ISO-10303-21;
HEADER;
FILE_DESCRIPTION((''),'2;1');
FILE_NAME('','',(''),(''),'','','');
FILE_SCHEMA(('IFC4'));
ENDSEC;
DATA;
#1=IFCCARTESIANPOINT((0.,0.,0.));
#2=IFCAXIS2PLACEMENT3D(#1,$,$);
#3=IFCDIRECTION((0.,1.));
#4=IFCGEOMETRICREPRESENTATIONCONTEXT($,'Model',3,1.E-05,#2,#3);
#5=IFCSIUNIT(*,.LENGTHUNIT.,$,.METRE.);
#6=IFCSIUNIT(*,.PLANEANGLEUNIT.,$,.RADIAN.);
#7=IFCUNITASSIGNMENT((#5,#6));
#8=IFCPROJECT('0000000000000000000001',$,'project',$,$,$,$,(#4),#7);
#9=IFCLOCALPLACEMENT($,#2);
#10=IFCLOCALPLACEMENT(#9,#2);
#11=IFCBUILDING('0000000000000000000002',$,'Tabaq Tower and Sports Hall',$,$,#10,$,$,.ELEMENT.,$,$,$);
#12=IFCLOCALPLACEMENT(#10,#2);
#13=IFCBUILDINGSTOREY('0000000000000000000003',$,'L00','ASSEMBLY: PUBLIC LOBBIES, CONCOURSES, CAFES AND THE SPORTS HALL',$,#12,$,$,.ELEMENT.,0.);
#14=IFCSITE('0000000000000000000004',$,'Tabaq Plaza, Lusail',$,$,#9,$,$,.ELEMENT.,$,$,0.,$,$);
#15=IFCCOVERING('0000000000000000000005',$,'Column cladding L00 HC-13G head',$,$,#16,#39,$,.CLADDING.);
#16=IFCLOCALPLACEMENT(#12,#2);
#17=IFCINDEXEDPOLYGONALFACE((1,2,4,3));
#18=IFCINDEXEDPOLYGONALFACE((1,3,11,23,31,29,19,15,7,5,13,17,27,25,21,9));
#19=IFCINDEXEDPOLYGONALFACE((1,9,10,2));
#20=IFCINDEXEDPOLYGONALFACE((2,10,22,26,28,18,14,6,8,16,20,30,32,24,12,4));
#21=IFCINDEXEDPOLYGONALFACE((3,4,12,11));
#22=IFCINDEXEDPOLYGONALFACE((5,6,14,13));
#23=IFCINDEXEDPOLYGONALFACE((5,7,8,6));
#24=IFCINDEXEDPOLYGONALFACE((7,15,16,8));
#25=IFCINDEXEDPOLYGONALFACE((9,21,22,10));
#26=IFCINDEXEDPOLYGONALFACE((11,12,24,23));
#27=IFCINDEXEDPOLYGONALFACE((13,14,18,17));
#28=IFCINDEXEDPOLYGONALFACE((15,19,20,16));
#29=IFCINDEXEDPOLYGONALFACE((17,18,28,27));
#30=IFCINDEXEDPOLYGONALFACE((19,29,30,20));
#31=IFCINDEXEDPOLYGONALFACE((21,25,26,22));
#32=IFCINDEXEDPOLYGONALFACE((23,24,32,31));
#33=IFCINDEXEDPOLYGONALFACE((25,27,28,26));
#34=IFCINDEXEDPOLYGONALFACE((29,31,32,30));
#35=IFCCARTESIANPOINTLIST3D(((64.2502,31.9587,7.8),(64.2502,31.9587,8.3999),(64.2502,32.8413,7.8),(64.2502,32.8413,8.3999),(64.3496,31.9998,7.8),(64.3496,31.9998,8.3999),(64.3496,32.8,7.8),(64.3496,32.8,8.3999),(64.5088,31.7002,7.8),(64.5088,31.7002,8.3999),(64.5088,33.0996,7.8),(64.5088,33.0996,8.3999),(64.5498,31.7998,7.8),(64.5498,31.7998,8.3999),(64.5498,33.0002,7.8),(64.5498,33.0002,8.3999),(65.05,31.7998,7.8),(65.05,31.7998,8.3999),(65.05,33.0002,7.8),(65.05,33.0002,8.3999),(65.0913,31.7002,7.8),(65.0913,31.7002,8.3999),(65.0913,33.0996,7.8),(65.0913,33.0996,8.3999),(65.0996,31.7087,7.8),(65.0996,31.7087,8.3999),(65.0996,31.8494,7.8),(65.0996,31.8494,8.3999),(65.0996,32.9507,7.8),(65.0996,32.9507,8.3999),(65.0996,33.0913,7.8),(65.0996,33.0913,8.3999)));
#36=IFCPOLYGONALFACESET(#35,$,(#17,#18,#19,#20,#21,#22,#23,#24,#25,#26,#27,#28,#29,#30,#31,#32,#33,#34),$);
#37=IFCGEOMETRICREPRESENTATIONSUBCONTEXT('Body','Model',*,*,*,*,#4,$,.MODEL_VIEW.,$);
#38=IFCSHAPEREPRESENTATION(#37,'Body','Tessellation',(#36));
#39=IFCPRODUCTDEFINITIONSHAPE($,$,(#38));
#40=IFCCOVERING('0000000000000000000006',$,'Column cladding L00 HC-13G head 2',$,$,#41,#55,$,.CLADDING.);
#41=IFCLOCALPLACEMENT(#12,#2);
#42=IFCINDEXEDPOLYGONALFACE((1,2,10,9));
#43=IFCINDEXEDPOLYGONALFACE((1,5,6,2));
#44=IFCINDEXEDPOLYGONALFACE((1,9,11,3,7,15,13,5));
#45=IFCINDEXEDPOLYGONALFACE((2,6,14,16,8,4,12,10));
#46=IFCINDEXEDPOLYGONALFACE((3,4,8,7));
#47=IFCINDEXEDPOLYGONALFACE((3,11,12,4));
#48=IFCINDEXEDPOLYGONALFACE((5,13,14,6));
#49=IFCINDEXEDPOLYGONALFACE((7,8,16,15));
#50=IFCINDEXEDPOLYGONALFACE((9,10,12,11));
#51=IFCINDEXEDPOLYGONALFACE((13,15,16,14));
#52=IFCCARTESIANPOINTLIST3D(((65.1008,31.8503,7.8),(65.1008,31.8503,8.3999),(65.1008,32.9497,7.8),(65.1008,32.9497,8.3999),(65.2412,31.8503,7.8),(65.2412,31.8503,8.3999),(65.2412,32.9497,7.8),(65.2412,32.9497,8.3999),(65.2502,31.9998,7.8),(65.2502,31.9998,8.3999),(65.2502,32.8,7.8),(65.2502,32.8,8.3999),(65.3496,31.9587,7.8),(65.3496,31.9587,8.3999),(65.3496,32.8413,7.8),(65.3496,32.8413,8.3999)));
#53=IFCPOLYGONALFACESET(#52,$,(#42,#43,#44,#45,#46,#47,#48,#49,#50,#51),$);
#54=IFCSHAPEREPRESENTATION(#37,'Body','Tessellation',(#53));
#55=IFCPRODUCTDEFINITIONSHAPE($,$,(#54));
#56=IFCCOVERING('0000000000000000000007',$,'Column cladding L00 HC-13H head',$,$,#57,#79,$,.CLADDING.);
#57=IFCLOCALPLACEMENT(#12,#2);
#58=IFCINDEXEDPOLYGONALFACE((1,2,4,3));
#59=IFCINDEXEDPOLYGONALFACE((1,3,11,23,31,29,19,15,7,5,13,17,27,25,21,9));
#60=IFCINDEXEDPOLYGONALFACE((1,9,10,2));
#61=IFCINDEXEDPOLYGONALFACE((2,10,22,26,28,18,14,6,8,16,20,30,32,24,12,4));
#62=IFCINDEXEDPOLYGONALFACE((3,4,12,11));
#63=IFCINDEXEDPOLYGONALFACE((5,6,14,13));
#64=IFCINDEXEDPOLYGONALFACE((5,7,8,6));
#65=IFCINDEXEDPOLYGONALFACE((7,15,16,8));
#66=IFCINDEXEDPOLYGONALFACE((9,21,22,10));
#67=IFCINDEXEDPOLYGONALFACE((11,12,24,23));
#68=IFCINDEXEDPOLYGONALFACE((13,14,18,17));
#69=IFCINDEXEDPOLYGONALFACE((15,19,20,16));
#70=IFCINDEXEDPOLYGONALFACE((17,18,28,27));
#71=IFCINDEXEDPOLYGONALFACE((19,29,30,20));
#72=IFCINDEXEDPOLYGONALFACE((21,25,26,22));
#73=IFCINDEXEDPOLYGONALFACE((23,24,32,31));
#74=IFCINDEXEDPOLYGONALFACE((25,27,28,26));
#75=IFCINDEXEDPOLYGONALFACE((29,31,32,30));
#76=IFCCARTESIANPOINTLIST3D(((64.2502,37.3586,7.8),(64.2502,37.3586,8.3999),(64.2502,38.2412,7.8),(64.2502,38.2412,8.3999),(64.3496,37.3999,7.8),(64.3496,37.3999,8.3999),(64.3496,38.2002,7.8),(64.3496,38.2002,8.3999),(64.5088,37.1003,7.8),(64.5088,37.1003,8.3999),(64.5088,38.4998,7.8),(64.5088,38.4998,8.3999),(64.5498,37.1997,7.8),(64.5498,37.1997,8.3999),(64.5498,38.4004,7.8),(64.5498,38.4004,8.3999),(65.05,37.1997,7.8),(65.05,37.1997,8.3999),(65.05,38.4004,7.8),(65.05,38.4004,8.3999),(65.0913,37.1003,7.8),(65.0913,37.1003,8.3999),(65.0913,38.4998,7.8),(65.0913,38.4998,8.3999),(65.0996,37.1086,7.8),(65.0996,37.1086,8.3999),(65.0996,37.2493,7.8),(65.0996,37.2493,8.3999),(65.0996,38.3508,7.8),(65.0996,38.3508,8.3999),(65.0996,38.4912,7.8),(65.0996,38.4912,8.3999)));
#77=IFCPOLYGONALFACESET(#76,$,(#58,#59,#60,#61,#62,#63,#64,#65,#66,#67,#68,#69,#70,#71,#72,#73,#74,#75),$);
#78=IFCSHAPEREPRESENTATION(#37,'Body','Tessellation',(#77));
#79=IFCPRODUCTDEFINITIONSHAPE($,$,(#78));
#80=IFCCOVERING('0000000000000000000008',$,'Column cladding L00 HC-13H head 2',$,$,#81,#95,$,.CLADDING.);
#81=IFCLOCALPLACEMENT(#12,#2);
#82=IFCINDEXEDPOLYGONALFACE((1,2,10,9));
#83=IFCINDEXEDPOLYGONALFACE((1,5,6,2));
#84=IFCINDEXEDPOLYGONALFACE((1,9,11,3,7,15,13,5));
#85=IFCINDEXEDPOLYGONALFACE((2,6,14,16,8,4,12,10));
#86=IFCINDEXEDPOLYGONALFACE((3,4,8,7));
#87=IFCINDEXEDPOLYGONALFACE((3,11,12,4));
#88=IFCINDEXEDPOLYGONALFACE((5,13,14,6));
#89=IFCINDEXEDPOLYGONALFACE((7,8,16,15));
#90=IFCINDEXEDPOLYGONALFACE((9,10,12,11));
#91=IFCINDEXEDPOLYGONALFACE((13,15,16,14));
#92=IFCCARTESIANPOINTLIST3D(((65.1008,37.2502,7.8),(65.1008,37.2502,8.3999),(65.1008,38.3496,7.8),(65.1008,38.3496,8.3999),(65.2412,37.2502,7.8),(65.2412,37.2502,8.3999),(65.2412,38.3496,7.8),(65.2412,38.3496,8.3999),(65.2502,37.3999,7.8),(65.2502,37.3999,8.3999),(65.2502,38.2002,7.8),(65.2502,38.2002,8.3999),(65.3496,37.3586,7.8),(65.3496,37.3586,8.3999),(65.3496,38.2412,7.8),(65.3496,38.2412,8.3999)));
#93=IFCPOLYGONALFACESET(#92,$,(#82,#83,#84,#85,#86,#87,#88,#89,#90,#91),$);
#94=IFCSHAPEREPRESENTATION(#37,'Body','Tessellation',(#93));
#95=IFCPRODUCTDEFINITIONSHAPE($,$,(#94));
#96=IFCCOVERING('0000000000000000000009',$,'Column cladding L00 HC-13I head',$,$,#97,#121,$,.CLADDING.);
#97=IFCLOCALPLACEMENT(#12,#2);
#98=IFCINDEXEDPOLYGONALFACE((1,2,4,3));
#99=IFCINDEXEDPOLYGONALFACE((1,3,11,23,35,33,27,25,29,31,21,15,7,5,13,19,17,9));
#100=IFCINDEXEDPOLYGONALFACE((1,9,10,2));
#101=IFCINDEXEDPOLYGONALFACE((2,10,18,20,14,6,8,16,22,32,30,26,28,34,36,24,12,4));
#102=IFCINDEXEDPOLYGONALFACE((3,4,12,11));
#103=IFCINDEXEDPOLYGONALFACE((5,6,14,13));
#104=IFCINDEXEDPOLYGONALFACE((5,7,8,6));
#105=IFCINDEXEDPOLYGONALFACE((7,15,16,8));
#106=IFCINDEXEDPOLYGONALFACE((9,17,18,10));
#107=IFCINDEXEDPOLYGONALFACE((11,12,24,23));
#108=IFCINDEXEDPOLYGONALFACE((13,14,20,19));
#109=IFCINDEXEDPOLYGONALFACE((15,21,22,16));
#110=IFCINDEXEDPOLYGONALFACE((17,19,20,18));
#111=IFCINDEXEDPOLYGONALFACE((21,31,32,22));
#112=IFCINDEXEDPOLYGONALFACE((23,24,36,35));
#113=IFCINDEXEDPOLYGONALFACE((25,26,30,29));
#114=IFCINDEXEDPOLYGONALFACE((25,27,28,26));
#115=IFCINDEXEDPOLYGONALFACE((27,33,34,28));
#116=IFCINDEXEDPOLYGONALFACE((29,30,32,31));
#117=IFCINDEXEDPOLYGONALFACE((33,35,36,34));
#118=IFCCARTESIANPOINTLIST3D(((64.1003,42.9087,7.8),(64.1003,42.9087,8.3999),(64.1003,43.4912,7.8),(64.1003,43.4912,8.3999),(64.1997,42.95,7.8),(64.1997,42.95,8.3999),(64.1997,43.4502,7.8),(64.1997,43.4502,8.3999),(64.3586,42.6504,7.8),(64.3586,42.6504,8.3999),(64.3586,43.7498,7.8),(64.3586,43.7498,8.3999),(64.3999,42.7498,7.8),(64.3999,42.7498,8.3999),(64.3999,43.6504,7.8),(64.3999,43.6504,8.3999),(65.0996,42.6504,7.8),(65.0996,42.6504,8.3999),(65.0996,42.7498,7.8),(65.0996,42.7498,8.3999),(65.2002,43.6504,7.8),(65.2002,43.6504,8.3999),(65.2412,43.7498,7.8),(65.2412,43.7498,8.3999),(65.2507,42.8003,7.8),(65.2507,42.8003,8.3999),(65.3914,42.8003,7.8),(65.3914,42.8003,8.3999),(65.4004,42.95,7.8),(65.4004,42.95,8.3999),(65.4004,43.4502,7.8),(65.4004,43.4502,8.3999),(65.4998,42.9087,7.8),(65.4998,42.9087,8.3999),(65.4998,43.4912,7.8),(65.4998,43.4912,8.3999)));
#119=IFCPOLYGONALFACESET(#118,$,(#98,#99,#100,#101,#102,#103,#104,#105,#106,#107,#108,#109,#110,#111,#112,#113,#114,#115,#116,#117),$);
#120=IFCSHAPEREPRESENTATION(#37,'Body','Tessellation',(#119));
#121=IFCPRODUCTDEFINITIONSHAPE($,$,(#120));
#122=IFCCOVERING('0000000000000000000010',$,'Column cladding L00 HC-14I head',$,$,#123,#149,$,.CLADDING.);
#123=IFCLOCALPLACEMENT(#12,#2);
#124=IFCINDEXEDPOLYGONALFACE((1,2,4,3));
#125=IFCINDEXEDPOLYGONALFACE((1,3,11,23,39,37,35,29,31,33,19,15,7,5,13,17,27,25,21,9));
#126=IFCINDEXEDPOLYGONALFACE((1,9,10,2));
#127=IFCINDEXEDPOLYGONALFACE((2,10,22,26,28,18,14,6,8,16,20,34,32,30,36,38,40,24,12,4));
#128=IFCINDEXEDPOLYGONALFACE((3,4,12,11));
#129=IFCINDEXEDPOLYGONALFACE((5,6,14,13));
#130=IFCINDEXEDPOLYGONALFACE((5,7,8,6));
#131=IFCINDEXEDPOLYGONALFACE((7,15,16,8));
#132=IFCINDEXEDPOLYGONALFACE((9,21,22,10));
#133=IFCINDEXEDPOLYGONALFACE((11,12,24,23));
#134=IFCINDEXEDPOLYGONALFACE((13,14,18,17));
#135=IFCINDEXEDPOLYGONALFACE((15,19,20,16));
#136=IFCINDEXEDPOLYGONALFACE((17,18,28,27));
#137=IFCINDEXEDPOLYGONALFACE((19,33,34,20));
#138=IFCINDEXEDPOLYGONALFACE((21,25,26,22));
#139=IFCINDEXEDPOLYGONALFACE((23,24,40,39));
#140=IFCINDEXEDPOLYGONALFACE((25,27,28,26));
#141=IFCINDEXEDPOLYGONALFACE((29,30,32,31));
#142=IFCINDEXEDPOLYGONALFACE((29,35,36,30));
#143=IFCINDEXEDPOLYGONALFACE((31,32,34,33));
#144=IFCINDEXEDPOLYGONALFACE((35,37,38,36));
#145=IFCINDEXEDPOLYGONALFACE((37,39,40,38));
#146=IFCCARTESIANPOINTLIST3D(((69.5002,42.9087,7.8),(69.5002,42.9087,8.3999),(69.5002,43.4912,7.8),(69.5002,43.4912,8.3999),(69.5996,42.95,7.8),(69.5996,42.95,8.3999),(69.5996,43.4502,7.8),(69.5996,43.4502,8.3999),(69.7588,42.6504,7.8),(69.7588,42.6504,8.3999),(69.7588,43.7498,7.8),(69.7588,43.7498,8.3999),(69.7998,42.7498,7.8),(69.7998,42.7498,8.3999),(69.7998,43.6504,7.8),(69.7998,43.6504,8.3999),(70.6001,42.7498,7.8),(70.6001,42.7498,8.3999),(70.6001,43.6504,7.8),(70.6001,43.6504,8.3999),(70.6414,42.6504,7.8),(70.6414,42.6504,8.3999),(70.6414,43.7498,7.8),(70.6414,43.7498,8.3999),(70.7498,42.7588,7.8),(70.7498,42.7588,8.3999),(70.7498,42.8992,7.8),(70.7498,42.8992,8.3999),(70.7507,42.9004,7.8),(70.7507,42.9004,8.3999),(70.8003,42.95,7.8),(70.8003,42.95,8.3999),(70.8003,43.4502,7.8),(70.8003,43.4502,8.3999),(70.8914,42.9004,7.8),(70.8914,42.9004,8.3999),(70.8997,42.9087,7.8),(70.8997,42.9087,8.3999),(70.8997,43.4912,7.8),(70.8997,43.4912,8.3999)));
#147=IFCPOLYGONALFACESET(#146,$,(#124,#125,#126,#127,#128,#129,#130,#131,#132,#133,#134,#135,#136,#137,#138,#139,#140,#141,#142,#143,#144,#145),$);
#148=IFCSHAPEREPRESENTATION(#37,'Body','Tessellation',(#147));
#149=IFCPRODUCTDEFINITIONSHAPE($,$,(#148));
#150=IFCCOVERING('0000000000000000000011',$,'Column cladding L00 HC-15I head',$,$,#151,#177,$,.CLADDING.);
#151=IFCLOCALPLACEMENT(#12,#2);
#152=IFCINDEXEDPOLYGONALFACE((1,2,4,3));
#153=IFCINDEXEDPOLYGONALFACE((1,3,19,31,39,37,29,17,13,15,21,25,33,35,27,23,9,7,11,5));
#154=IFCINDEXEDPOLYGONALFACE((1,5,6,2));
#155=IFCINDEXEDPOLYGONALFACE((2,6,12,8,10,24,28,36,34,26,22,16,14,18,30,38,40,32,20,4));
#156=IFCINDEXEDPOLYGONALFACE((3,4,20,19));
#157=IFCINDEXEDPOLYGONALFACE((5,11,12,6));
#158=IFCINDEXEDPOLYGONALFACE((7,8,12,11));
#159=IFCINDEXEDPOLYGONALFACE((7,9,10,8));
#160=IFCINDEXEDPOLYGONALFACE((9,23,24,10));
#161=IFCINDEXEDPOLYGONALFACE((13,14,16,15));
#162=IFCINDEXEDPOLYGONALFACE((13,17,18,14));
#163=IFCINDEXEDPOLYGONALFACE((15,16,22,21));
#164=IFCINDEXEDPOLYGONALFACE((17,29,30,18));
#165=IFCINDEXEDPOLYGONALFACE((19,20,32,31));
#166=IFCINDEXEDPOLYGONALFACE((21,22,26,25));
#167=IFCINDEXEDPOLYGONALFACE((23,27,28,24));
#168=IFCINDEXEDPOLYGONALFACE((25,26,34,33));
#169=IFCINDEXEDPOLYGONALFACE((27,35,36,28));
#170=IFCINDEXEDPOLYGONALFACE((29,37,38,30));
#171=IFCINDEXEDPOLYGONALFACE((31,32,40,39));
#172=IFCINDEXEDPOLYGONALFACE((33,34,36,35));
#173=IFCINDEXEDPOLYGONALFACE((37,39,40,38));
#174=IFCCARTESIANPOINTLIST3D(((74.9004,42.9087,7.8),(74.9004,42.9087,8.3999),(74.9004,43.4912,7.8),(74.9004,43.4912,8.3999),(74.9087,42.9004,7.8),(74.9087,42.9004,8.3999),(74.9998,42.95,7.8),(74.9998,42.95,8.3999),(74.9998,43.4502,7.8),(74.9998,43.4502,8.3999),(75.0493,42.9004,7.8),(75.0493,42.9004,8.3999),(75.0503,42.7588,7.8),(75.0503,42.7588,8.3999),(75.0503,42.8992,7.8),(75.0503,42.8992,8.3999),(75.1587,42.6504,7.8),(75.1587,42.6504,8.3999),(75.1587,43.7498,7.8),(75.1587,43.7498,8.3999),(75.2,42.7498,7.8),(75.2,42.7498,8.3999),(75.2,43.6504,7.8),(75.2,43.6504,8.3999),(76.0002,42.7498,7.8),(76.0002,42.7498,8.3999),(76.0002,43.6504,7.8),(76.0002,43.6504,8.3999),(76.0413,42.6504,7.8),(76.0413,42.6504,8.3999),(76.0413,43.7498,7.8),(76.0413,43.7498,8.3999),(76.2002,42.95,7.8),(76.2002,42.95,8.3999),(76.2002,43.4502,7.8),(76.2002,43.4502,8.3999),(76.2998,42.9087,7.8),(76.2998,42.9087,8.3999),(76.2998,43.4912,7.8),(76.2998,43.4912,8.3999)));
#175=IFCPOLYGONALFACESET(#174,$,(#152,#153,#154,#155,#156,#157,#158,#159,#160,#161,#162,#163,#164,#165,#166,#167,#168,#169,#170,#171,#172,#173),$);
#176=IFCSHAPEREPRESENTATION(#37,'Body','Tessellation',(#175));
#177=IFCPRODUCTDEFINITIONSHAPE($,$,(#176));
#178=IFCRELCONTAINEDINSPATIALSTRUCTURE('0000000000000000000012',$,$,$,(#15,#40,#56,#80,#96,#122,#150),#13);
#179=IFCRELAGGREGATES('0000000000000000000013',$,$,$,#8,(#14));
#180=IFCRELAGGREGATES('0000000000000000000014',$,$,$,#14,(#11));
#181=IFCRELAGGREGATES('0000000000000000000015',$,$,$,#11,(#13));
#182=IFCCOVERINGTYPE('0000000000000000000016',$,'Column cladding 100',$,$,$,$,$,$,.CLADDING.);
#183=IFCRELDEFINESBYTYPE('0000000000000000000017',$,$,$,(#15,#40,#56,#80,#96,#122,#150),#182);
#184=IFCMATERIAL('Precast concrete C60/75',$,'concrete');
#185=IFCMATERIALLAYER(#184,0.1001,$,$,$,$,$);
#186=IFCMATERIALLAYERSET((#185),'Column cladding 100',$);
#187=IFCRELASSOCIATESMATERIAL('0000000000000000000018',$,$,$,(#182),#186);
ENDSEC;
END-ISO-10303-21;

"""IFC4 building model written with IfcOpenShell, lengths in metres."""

from ifc_helpers import new_model, si_unit, direction, frame, origin, place, context, subcontext, project, spatial, polyline, outline, extrude, material, layer, layer_set, type_object, element, save


model = new_model("IFC4")

# Units and contexts
model_context = context("Model", 3, precision=1e-05, world=origin(), true_north=direction((0.0, 1.0)))
body_context = subcontext(model_context, "Body", "Model", "MODEL_VIEW")
ifc_project = project(units=[si_unit("LENGTHUNIT", "METRE"), si_unit("PLANEANGLEUNIT", "RADIAN")], contexts=[model_context])

# Site, building, storey
site_placement = place(None, origin())
site = spatial("IfcSite", under=ifc_project, at=site_placement, Name="Tabaq Plaza, Lusail", CompositionType="ELEMENT", RefElevation=0.0)
building_placement = place(site_placement, origin())
building = spatial("IfcBuilding", under=site, at=building_placement, Name="Tabaq Tower and Sports Hall", CompositionType="ELEMENT")
storey_placement = place(building_placement, origin())
storey = spatial("IfcBuildingStorey", under=building, at=storey_placement, Name="L00", Description="ASSEMBLY: PUBLIC LOBBIES, CONCOURSES, CAFES AND THE SPORTS HALL", CompositionType="ELEMENT", Elevation=0.0)

# Coverings
ifc_material = material(Name="Precast concrete C60/75", Category="concrete")
ifc_layer = layer(ifc_material, 0.1001)
ifc_layer_set = layer_set([ifc_layer], Name="Column cladding 100")
covering_type = type_object("IfcCoveringType", Name="Column cladding 100", PredefinedType="CLADDING", material=ifc_layer_set)
covering_1_placement = place(storey_placement, frame((0.0, 0.0, 7.8)))
element("IfcCovering", 1, at=covering_1_placement, inside=storey, type_object=covering_type, Name="Column cladding L00 HC-13G head", PredefinedType="CLADDING", context=body_context, shape_type="SweptSolid", body=[
    extrude(outline(polyline([(64.5088, 31.7002), (64.2502, 31.9587), (64.2502, 32.8413), (64.5088, 33.0996), (65.0913, 33.0996), (65.0996, 33.0913), (65.0996, 32.9507), (65.05, 33.0002), (64.5498, 33.0002), (64.3496, 32.8), (64.3496, 31.9998), (64.5498, 31.7998), (65.05, 31.7998), (65.0996, 31.8494), (65.0996, 31.7087), (65.0913, 31.7002), (64.5088, 31.7002)])), origin(), (0.0, 0.0, 1.0), 0.5999),
])
covering_2_placement = place(storey_placement, frame((0.0, 0.0, 7.8)))
element("IfcCovering", 2, at=covering_2_placement, inside=storey, type_object=covering_type, Name="Column cladding L00 HC-13G head 2", PredefinedType="CLADDING", context=body_context, shape_type="SweptSolid", body=[
    extrude(outline(polyline([(65.3496, 32.8413), (65.3496, 31.9587), (65.2412, 31.8503), (65.1008, 31.8503), (65.2502, 31.9998), (65.2502, 32.8), (65.1008, 32.9497), (65.2412, 32.9497), (65.3496, 32.8413)])), origin(), (0.0, 0.0, 1.0), 0.5999),
])
covering_3_placement = place(storey_placement, frame((0.0, 0.0, 7.8)))
element("IfcCovering", 3, at=covering_3_placement, inside=storey, type_object=covering_type, Name="Column cladding L00 HC-13H head", PredefinedType="CLADDING", context=body_context, shape_type="SweptSolid", body=[
    extrude(outline(polyline([(64.5088, 37.1003), (64.2502, 37.3586), (64.2502, 38.2412), (64.5088, 38.4998), (65.0913, 38.4998), (65.0996, 38.4912), (65.0996, 38.3508), (65.05, 38.4004), (64.5498, 38.4004), (64.3496, 38.2002), (64.3496, 37.3999), (64.5498, 37.1997), (65.05, 37.1997), (65.0996, 37.2493), (65.0996, 37.1086), (65.0913, 37.1003), (64.5088, 37.1003)])), origin(), (0.0, 0.0, 1.0), 0.5999),
])
covering_4_placement = place(storey_placement, frame((0.0, 0.0, 7.8)))
element("IfcCovering", 4, at=covering_4_placement, inside=storey, type_object=covering_type, Name="Column cladding L00 HC-13H head 2", PredefinedType="CLADDING", context=body_context, shape_type="SweptSolid", body=[
    extrude(outline(polyline([(65.3496, 38.2412), (65.3496, 37.3586), (65.2412, 37.2502), (65.1008, 37.2502), (65.2502, 37.3999), (65.2502, 38.2002), (65.1008, 38.3496), (65.2412, 38.3496), (65.3496, 38.2412)])), origin(), (0.0, 0.0, 1.0), 0.5999),
])
covering_5_placement = place(storey_placement, frame((0.0, 0.0, 7.8)))
element("IfcCovering", 5, at=covering_5_placement, inside=storey, type_object=covering_type, Name="Column cladding L00 HC-13I head", PredefinedType="CLADDING", context=body_context, shape_type="SweptSolid", body=[
    extrude(outline(polyline([(64.1003, 43.4912), (64.3586, 43.7498), (65.2412, 43.7498), (65.4998, 43.4912), (65.4998, 42.9087), (65.3914, 42.8003), (65.2507, 42.8003), (65.4004, 42.95), (65.4004, 43.4502), (65.2002, 43.6504), (64.3999, 43.6504), (64.1997, 43.4502), (64.1997, 42.95), (64.3999, 42.7498), (65.0996, 42.7498), (65.0996, 42.6504), (64.3586, 42.6504), (64.1003, 42.9087), (64.1003, 43.4912)])), origin(), (0.0, 0.0, 1.0), 0.5999),
])
covering_6_placement = place(storey_placement, frame((0.0, 0.0, 7.8)))
element("IfcCovering", 6, at=covering_6_placement, inside=storey, type_object=covering_type, Name="Column cladding L00 HC-14I head", PredefinedType="CLADDING", context=body_context, shape_type="SweptSolid", body=[
    extrude(outline(polyline([(69.5002, 43.4912), (69.7588, 43.7498), (70.6414, 43.7498), (70.8997, 43.4912), (70.8997, 42.9087), (70.8914, 42.9004), (70.7507, 42.9004), (70.8003, 42.95), (70.8003, 43.4502), (70.6001, 43.6504), (69.7998, 43.6504), (69.5996, 43.4502), (69.5996, 42.95), (69.7998, 42.7498), (70.6001, 42.7498), (70.7498, 42.8992), (70.7498, 42.7588), (70.6414, 42.6504), (69.7588, 42.6504), (69.5002, 42.9087), (69.5002, 43.4912)])), origin(), (0.0, 0.0, 1.0), 0.5999),
])
covering_7_placement = place(storey_placement, frame((0.0, 0.0, 7.8)))
element("IfcCovering", 7, at=covering_7_placement, inside=storey, type_object=covering_type, Name="Column cladding L00 HC-15I head", PredefinedType="CLADDING", context=body_context, shape_type="SweptSolid", body=[
    extrude(outline(polyline([(74.9004, 43.4912), (75.1587, 43.7498), (76.0413, 43.7498), (76.2998, 43.4912), (76.2998, 42.9087), (76.0413, 42.6504), (75.1587, 42.6504), (75.0503, 42.7588), (75.0503, 42.8992), (75.2, 42.7498), (76.0002, 42.7498), (76.2002, 42.95), (76.2002, 43.4502), (76.0002, 43.6504), (75.2, 43.6504), (74.9998, 43.4502), (74.9998, 42.95), (75.0493, 42.9004), (74.9087, 42.9004), (74.9004, 42.9087), (74.9004, 43.4912)])), origin(), (0.0, 0.0, 1.0), 0.5999),
])

save(model, "model.ifc")
